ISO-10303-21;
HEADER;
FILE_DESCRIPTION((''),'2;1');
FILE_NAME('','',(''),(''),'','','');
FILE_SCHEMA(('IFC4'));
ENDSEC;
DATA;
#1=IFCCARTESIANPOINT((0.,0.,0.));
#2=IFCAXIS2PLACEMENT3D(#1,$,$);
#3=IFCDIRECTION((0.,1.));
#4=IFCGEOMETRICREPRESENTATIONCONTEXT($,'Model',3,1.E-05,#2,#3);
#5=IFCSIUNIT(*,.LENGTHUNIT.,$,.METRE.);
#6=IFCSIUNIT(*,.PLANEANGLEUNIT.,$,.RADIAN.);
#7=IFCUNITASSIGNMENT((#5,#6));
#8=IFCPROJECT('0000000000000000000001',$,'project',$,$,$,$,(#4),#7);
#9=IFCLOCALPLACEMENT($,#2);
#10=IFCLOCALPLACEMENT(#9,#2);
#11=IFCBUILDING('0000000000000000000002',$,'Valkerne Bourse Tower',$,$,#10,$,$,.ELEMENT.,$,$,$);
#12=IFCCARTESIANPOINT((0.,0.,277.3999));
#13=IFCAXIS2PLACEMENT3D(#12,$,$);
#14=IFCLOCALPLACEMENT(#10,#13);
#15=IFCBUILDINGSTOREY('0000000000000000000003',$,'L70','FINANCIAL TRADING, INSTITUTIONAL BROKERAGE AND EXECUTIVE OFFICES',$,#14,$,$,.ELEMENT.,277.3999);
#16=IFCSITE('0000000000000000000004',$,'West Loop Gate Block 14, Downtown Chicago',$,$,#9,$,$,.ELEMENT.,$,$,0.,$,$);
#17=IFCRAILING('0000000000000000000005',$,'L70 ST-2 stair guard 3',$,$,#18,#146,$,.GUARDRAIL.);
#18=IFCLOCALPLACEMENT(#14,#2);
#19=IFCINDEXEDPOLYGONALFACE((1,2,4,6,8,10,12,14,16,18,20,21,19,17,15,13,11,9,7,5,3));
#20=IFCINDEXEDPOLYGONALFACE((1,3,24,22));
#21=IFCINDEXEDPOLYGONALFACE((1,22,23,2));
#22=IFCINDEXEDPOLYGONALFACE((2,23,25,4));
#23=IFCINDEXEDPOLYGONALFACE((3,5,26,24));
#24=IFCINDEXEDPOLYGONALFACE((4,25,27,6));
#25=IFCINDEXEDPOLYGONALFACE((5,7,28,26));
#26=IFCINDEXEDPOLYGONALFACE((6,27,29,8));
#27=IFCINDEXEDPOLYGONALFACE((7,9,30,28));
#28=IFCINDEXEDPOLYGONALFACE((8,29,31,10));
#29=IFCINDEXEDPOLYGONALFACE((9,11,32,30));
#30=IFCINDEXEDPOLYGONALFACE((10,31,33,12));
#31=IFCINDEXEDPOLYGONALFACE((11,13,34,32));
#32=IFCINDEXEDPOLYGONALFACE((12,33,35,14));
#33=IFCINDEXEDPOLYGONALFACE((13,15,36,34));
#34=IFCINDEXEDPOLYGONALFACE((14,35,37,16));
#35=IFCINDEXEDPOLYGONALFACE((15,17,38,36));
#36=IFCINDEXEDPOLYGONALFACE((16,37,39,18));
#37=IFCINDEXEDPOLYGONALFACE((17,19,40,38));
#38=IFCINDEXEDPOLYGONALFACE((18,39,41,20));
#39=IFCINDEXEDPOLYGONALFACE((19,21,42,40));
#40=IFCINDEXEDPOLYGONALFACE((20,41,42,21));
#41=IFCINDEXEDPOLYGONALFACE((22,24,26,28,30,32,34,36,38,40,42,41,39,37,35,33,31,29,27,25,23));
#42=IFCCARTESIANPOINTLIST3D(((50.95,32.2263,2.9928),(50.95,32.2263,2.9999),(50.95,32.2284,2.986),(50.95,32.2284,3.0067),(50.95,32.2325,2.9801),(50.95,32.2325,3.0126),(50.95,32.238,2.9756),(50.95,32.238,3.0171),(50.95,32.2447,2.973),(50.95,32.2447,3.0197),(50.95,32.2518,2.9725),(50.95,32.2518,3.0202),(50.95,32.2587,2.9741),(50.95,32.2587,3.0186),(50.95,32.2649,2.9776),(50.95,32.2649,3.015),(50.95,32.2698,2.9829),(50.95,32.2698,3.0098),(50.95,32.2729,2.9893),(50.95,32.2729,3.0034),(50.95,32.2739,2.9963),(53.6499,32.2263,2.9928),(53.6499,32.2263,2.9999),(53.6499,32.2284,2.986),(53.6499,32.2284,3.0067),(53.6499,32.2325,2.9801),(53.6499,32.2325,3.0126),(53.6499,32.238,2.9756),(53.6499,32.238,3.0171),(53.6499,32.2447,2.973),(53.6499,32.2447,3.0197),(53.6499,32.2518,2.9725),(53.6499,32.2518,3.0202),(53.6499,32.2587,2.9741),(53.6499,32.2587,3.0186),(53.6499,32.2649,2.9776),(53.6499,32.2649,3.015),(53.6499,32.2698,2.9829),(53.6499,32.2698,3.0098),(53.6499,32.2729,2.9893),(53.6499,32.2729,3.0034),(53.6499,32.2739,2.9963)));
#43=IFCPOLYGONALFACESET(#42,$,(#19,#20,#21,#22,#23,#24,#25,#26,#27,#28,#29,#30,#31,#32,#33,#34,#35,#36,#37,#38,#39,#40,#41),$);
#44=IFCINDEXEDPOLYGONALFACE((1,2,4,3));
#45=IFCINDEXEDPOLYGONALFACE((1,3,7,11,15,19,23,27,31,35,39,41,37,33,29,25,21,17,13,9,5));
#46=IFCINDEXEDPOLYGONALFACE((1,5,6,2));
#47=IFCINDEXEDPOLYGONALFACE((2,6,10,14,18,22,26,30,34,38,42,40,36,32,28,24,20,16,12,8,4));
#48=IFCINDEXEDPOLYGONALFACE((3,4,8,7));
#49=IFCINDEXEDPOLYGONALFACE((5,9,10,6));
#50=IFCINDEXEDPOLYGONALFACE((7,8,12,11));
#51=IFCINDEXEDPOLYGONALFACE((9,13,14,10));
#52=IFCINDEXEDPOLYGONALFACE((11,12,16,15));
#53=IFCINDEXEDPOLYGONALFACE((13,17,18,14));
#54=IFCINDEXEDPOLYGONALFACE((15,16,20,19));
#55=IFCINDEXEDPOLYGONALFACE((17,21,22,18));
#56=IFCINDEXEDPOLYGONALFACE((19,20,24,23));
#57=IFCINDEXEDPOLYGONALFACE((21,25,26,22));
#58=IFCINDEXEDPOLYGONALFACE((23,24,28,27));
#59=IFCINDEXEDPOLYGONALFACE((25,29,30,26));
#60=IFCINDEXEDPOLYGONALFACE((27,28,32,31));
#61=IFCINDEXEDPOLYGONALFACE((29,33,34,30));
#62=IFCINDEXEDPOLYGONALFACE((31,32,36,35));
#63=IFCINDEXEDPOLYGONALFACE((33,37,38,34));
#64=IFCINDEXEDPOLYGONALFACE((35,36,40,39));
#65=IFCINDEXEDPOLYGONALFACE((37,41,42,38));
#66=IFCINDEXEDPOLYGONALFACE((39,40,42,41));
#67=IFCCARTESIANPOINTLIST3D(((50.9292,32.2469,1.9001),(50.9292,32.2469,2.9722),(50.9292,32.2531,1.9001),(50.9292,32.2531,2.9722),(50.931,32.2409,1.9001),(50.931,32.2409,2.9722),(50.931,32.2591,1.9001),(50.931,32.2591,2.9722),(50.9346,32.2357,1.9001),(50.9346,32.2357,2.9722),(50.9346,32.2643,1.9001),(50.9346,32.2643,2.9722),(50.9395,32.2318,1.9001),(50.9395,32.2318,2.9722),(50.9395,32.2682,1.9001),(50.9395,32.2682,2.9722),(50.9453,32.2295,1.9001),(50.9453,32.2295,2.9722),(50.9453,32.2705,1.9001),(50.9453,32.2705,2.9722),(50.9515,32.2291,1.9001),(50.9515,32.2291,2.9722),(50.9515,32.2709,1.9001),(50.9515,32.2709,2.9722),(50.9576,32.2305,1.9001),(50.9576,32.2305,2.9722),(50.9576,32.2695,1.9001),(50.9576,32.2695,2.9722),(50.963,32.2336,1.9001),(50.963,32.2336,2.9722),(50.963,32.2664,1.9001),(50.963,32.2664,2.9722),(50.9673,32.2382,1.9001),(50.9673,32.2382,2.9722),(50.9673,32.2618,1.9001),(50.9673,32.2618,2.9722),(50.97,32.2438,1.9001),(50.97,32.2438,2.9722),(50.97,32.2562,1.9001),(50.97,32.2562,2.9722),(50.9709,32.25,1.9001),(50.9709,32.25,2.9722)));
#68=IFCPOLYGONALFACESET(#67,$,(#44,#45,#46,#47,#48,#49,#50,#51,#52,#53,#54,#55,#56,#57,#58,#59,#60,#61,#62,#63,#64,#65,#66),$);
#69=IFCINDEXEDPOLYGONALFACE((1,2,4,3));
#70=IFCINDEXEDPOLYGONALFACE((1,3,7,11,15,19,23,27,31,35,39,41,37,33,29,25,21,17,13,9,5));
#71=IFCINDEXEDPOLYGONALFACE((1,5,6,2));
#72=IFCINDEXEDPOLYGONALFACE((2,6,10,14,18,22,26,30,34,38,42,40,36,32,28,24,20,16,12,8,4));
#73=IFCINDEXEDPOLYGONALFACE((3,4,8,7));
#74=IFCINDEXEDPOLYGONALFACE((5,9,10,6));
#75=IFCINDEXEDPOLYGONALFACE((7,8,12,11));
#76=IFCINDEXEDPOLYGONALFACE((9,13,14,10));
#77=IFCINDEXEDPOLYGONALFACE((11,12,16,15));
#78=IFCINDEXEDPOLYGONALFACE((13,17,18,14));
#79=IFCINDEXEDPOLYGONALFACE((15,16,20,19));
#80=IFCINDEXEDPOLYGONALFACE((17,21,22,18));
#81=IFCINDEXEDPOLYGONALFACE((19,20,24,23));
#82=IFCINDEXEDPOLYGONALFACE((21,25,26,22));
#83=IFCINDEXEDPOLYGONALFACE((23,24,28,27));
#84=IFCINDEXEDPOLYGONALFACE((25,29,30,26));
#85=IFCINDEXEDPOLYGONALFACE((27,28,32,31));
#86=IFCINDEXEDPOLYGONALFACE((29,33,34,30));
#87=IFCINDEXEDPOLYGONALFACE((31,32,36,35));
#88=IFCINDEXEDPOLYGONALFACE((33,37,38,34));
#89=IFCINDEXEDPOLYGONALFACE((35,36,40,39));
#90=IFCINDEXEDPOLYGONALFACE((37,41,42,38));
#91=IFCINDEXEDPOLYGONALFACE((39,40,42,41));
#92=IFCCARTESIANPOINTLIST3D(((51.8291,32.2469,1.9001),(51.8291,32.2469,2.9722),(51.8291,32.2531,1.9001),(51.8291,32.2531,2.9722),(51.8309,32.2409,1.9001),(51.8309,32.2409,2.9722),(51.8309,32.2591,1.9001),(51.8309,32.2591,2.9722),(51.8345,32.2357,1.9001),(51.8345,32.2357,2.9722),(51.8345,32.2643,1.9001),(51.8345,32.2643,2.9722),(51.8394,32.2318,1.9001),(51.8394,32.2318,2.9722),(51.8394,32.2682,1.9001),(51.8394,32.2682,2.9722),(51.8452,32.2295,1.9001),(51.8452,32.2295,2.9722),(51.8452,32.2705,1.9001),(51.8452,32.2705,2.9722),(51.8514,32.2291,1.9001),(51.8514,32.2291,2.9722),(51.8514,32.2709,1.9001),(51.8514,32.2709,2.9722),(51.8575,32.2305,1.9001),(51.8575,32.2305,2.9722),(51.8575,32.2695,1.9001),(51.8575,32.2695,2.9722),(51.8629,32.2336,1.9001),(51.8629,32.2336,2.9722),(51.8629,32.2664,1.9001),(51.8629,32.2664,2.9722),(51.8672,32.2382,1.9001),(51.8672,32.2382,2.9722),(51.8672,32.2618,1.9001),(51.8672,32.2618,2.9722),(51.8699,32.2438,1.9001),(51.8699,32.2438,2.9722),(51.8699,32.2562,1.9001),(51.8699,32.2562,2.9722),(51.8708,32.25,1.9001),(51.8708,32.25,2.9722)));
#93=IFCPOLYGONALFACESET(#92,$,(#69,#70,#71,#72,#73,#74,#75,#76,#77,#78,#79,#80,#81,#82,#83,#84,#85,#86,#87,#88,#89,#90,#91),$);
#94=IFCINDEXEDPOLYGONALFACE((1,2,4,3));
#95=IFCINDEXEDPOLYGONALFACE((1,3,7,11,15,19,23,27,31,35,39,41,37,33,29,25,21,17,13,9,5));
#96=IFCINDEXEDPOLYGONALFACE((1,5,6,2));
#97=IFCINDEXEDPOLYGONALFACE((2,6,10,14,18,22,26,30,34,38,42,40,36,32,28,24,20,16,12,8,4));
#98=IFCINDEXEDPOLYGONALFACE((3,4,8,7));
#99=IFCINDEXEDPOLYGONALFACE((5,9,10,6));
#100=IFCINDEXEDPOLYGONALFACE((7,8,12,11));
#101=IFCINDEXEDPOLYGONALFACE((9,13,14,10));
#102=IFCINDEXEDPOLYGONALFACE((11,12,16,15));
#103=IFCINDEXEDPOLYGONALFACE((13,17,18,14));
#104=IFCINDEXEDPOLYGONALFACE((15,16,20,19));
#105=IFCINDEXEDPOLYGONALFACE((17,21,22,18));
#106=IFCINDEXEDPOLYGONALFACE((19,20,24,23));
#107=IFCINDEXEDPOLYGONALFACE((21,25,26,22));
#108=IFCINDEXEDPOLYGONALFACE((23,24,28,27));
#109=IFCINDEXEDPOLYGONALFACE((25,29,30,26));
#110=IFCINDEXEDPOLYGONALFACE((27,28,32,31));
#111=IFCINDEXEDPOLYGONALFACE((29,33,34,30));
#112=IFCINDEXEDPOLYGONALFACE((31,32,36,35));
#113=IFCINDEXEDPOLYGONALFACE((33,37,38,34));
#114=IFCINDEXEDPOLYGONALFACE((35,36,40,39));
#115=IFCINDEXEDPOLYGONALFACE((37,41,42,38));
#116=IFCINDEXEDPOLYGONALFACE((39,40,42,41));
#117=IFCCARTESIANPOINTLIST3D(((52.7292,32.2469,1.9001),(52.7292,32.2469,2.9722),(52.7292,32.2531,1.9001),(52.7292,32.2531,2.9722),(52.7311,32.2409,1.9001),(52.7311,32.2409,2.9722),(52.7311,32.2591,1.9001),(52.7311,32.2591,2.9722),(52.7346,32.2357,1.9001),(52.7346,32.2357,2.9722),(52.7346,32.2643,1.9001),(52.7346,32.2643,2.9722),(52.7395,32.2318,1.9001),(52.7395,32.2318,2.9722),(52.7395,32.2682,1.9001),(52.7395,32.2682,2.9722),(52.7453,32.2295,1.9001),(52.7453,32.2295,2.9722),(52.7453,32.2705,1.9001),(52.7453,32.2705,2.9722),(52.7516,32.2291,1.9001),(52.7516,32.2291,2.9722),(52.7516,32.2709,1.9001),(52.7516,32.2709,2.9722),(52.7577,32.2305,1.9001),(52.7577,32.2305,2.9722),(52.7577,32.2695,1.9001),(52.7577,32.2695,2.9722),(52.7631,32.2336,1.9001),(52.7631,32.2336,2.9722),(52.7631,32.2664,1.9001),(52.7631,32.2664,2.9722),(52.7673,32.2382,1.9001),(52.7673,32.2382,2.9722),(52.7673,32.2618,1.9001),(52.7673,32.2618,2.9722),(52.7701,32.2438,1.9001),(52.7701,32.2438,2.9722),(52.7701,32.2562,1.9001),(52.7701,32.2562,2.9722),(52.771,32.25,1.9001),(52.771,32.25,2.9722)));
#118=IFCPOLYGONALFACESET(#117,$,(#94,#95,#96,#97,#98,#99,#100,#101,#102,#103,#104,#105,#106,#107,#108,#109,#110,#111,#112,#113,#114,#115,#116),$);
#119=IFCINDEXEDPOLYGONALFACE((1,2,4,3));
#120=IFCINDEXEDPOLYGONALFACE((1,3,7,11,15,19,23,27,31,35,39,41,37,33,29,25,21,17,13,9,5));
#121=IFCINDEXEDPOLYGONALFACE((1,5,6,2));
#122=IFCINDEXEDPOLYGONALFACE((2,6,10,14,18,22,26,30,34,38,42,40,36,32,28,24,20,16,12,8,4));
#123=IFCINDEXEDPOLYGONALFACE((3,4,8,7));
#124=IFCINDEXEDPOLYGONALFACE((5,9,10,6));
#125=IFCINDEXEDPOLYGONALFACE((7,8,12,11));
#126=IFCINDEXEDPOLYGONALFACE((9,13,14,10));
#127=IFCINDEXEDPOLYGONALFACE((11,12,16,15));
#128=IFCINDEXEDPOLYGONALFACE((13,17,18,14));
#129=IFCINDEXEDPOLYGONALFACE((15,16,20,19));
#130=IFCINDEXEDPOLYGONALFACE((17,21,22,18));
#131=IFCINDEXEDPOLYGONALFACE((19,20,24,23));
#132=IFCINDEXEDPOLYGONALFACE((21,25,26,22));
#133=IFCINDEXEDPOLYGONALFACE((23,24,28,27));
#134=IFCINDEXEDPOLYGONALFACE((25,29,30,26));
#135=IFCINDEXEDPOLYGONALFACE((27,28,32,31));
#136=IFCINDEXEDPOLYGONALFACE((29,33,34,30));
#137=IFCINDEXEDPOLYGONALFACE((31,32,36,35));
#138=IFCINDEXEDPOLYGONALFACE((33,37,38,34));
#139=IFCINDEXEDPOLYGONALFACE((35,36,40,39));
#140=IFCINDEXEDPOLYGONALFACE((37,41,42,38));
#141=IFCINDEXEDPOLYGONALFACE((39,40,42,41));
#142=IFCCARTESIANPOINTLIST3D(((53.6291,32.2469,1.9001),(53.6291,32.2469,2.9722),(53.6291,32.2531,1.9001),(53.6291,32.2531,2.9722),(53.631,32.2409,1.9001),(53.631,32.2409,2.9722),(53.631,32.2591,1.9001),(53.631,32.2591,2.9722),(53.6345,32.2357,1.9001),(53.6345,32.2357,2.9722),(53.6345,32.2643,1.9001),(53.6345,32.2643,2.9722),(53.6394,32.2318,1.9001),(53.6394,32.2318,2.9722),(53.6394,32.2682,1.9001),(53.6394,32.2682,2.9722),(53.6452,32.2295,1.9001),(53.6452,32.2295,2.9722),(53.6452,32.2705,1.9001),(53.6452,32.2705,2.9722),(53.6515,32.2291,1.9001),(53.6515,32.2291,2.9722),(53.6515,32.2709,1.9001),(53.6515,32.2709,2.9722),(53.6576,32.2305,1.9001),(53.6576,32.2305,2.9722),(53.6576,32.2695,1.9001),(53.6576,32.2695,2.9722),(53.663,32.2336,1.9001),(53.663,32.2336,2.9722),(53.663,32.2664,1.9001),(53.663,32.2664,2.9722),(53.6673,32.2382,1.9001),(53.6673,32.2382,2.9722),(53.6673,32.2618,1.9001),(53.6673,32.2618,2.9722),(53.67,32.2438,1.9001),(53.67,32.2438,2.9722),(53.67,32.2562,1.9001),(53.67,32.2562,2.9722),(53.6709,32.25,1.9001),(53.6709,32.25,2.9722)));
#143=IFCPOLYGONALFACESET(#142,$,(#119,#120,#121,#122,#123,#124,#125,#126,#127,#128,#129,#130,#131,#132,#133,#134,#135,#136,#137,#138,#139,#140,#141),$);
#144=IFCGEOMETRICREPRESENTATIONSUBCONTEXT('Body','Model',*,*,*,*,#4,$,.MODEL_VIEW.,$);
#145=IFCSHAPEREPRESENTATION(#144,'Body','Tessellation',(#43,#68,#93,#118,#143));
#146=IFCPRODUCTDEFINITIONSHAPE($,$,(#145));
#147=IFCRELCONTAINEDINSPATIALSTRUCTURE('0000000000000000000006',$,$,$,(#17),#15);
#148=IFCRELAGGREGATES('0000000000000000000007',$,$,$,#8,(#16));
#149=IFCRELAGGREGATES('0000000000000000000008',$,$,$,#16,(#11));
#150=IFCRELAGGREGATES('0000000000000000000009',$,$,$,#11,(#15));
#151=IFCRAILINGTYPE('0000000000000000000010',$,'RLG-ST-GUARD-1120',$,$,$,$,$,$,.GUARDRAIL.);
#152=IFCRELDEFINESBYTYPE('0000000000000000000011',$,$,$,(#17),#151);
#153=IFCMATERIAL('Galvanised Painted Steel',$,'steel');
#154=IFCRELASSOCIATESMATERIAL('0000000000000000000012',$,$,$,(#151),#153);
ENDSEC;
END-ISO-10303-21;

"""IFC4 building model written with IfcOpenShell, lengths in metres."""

from ifc_helpers import new_model, si_unit, direction, frame, origin, origin_2d, place, context, subcontext, project, spatial, circle, extrude, material, type_object, element, save


model = new_model("IFC4")

# Units and contexts
model_context = context("Model", 3, precision=1e-05, world=origin(), true_north=direction((0.0, 1.0)))
body_context = subcontext(model_context, "Body", "Model", "MODEL_VIEW")
ifc_project = project(units=[si_unit("LENGTHUNIT", "METRE"), si_unit("PLANEANGLEUNIT", "RADIAN")], contexts=[model_context])

# Site, building, storey
site_placement = place(None, origin())
site = spatial("IfcSite", under=ifc_project, at=site_placement, Name="West Loop Gate Block 14, Downtown Chicago", CompositionType="ELEMENT", RefElevation=0.0)
building_placement = place(site_placement, origin())
building = spatial("IfcBuilding", under=site, at=building_placement, Name="Valkerne Bourse Tower", CompositionType="ELEMENT")
storey_placement = place(building_placement, frame((0.0, 0.0, 277.3999)))
storey = spatial("IfcBuildingStorey", under=building, at=storey_placement, Name="L70", Description="FINANCIAL TRADING, INSTITUTIONAL BROKERAGE AND EXECUTIVE OFFICES", CompositionType="ELEMENT", Elevation=277.3999)

# Shared definitions
ifc_material_1 = material(Name="Galvanised Painted Steel", Category="steel")

# Railing
railing_type_1 = type_object("IfcRailingType", Name="RLG-ST-GUARD-1120", PredefinedType="GUARDRAIL", material=ifc_material_1)
railing_1_placement = place(storey_placement, frame((50.95, 32.25, 1.9001)))
element("IfcRailing", 1, at=railing_1_placement, inside=storey, type_object=railing_type_1, Name="L70 ST-2 stair guard 3", PredefinedType="GUARDRAIL", context=body_context, shape_type="SweptSolid", body=[
    extrude(circle(Radius=0.0239, at=origin_2d()), frame((0.0, 0.0, 1.0962), z_axis=(1.0, 0.0, 0.0), x_axis=(0.0, 1.0, 0.0)), (0.0, 0.0, 1.0), 2.7),
    extrude(circle(Radius=0.021, at=origin_2d()), origin(), (0.0, 0.0, 1.0), 1.072),
    extrude(circle(Radius=0.021, at=origin_2d()), frame((0.8999, 0.0, 0.0)), (0.0, 0.0, 1.0), 1.072),
    extrude(circle(Radius=0.021, at=origin_2d()), frame((1.8, 0.0, 0.0)), (0.0, 0.0, 1.0), 1.072),
    extrude(circle(Radius=0.021, at=origin_2d()), frame((2.7, 0.0, 0.0)), (0.0, 0.0, 1.0), 1.072),
])

save(model, "model.ifc")
